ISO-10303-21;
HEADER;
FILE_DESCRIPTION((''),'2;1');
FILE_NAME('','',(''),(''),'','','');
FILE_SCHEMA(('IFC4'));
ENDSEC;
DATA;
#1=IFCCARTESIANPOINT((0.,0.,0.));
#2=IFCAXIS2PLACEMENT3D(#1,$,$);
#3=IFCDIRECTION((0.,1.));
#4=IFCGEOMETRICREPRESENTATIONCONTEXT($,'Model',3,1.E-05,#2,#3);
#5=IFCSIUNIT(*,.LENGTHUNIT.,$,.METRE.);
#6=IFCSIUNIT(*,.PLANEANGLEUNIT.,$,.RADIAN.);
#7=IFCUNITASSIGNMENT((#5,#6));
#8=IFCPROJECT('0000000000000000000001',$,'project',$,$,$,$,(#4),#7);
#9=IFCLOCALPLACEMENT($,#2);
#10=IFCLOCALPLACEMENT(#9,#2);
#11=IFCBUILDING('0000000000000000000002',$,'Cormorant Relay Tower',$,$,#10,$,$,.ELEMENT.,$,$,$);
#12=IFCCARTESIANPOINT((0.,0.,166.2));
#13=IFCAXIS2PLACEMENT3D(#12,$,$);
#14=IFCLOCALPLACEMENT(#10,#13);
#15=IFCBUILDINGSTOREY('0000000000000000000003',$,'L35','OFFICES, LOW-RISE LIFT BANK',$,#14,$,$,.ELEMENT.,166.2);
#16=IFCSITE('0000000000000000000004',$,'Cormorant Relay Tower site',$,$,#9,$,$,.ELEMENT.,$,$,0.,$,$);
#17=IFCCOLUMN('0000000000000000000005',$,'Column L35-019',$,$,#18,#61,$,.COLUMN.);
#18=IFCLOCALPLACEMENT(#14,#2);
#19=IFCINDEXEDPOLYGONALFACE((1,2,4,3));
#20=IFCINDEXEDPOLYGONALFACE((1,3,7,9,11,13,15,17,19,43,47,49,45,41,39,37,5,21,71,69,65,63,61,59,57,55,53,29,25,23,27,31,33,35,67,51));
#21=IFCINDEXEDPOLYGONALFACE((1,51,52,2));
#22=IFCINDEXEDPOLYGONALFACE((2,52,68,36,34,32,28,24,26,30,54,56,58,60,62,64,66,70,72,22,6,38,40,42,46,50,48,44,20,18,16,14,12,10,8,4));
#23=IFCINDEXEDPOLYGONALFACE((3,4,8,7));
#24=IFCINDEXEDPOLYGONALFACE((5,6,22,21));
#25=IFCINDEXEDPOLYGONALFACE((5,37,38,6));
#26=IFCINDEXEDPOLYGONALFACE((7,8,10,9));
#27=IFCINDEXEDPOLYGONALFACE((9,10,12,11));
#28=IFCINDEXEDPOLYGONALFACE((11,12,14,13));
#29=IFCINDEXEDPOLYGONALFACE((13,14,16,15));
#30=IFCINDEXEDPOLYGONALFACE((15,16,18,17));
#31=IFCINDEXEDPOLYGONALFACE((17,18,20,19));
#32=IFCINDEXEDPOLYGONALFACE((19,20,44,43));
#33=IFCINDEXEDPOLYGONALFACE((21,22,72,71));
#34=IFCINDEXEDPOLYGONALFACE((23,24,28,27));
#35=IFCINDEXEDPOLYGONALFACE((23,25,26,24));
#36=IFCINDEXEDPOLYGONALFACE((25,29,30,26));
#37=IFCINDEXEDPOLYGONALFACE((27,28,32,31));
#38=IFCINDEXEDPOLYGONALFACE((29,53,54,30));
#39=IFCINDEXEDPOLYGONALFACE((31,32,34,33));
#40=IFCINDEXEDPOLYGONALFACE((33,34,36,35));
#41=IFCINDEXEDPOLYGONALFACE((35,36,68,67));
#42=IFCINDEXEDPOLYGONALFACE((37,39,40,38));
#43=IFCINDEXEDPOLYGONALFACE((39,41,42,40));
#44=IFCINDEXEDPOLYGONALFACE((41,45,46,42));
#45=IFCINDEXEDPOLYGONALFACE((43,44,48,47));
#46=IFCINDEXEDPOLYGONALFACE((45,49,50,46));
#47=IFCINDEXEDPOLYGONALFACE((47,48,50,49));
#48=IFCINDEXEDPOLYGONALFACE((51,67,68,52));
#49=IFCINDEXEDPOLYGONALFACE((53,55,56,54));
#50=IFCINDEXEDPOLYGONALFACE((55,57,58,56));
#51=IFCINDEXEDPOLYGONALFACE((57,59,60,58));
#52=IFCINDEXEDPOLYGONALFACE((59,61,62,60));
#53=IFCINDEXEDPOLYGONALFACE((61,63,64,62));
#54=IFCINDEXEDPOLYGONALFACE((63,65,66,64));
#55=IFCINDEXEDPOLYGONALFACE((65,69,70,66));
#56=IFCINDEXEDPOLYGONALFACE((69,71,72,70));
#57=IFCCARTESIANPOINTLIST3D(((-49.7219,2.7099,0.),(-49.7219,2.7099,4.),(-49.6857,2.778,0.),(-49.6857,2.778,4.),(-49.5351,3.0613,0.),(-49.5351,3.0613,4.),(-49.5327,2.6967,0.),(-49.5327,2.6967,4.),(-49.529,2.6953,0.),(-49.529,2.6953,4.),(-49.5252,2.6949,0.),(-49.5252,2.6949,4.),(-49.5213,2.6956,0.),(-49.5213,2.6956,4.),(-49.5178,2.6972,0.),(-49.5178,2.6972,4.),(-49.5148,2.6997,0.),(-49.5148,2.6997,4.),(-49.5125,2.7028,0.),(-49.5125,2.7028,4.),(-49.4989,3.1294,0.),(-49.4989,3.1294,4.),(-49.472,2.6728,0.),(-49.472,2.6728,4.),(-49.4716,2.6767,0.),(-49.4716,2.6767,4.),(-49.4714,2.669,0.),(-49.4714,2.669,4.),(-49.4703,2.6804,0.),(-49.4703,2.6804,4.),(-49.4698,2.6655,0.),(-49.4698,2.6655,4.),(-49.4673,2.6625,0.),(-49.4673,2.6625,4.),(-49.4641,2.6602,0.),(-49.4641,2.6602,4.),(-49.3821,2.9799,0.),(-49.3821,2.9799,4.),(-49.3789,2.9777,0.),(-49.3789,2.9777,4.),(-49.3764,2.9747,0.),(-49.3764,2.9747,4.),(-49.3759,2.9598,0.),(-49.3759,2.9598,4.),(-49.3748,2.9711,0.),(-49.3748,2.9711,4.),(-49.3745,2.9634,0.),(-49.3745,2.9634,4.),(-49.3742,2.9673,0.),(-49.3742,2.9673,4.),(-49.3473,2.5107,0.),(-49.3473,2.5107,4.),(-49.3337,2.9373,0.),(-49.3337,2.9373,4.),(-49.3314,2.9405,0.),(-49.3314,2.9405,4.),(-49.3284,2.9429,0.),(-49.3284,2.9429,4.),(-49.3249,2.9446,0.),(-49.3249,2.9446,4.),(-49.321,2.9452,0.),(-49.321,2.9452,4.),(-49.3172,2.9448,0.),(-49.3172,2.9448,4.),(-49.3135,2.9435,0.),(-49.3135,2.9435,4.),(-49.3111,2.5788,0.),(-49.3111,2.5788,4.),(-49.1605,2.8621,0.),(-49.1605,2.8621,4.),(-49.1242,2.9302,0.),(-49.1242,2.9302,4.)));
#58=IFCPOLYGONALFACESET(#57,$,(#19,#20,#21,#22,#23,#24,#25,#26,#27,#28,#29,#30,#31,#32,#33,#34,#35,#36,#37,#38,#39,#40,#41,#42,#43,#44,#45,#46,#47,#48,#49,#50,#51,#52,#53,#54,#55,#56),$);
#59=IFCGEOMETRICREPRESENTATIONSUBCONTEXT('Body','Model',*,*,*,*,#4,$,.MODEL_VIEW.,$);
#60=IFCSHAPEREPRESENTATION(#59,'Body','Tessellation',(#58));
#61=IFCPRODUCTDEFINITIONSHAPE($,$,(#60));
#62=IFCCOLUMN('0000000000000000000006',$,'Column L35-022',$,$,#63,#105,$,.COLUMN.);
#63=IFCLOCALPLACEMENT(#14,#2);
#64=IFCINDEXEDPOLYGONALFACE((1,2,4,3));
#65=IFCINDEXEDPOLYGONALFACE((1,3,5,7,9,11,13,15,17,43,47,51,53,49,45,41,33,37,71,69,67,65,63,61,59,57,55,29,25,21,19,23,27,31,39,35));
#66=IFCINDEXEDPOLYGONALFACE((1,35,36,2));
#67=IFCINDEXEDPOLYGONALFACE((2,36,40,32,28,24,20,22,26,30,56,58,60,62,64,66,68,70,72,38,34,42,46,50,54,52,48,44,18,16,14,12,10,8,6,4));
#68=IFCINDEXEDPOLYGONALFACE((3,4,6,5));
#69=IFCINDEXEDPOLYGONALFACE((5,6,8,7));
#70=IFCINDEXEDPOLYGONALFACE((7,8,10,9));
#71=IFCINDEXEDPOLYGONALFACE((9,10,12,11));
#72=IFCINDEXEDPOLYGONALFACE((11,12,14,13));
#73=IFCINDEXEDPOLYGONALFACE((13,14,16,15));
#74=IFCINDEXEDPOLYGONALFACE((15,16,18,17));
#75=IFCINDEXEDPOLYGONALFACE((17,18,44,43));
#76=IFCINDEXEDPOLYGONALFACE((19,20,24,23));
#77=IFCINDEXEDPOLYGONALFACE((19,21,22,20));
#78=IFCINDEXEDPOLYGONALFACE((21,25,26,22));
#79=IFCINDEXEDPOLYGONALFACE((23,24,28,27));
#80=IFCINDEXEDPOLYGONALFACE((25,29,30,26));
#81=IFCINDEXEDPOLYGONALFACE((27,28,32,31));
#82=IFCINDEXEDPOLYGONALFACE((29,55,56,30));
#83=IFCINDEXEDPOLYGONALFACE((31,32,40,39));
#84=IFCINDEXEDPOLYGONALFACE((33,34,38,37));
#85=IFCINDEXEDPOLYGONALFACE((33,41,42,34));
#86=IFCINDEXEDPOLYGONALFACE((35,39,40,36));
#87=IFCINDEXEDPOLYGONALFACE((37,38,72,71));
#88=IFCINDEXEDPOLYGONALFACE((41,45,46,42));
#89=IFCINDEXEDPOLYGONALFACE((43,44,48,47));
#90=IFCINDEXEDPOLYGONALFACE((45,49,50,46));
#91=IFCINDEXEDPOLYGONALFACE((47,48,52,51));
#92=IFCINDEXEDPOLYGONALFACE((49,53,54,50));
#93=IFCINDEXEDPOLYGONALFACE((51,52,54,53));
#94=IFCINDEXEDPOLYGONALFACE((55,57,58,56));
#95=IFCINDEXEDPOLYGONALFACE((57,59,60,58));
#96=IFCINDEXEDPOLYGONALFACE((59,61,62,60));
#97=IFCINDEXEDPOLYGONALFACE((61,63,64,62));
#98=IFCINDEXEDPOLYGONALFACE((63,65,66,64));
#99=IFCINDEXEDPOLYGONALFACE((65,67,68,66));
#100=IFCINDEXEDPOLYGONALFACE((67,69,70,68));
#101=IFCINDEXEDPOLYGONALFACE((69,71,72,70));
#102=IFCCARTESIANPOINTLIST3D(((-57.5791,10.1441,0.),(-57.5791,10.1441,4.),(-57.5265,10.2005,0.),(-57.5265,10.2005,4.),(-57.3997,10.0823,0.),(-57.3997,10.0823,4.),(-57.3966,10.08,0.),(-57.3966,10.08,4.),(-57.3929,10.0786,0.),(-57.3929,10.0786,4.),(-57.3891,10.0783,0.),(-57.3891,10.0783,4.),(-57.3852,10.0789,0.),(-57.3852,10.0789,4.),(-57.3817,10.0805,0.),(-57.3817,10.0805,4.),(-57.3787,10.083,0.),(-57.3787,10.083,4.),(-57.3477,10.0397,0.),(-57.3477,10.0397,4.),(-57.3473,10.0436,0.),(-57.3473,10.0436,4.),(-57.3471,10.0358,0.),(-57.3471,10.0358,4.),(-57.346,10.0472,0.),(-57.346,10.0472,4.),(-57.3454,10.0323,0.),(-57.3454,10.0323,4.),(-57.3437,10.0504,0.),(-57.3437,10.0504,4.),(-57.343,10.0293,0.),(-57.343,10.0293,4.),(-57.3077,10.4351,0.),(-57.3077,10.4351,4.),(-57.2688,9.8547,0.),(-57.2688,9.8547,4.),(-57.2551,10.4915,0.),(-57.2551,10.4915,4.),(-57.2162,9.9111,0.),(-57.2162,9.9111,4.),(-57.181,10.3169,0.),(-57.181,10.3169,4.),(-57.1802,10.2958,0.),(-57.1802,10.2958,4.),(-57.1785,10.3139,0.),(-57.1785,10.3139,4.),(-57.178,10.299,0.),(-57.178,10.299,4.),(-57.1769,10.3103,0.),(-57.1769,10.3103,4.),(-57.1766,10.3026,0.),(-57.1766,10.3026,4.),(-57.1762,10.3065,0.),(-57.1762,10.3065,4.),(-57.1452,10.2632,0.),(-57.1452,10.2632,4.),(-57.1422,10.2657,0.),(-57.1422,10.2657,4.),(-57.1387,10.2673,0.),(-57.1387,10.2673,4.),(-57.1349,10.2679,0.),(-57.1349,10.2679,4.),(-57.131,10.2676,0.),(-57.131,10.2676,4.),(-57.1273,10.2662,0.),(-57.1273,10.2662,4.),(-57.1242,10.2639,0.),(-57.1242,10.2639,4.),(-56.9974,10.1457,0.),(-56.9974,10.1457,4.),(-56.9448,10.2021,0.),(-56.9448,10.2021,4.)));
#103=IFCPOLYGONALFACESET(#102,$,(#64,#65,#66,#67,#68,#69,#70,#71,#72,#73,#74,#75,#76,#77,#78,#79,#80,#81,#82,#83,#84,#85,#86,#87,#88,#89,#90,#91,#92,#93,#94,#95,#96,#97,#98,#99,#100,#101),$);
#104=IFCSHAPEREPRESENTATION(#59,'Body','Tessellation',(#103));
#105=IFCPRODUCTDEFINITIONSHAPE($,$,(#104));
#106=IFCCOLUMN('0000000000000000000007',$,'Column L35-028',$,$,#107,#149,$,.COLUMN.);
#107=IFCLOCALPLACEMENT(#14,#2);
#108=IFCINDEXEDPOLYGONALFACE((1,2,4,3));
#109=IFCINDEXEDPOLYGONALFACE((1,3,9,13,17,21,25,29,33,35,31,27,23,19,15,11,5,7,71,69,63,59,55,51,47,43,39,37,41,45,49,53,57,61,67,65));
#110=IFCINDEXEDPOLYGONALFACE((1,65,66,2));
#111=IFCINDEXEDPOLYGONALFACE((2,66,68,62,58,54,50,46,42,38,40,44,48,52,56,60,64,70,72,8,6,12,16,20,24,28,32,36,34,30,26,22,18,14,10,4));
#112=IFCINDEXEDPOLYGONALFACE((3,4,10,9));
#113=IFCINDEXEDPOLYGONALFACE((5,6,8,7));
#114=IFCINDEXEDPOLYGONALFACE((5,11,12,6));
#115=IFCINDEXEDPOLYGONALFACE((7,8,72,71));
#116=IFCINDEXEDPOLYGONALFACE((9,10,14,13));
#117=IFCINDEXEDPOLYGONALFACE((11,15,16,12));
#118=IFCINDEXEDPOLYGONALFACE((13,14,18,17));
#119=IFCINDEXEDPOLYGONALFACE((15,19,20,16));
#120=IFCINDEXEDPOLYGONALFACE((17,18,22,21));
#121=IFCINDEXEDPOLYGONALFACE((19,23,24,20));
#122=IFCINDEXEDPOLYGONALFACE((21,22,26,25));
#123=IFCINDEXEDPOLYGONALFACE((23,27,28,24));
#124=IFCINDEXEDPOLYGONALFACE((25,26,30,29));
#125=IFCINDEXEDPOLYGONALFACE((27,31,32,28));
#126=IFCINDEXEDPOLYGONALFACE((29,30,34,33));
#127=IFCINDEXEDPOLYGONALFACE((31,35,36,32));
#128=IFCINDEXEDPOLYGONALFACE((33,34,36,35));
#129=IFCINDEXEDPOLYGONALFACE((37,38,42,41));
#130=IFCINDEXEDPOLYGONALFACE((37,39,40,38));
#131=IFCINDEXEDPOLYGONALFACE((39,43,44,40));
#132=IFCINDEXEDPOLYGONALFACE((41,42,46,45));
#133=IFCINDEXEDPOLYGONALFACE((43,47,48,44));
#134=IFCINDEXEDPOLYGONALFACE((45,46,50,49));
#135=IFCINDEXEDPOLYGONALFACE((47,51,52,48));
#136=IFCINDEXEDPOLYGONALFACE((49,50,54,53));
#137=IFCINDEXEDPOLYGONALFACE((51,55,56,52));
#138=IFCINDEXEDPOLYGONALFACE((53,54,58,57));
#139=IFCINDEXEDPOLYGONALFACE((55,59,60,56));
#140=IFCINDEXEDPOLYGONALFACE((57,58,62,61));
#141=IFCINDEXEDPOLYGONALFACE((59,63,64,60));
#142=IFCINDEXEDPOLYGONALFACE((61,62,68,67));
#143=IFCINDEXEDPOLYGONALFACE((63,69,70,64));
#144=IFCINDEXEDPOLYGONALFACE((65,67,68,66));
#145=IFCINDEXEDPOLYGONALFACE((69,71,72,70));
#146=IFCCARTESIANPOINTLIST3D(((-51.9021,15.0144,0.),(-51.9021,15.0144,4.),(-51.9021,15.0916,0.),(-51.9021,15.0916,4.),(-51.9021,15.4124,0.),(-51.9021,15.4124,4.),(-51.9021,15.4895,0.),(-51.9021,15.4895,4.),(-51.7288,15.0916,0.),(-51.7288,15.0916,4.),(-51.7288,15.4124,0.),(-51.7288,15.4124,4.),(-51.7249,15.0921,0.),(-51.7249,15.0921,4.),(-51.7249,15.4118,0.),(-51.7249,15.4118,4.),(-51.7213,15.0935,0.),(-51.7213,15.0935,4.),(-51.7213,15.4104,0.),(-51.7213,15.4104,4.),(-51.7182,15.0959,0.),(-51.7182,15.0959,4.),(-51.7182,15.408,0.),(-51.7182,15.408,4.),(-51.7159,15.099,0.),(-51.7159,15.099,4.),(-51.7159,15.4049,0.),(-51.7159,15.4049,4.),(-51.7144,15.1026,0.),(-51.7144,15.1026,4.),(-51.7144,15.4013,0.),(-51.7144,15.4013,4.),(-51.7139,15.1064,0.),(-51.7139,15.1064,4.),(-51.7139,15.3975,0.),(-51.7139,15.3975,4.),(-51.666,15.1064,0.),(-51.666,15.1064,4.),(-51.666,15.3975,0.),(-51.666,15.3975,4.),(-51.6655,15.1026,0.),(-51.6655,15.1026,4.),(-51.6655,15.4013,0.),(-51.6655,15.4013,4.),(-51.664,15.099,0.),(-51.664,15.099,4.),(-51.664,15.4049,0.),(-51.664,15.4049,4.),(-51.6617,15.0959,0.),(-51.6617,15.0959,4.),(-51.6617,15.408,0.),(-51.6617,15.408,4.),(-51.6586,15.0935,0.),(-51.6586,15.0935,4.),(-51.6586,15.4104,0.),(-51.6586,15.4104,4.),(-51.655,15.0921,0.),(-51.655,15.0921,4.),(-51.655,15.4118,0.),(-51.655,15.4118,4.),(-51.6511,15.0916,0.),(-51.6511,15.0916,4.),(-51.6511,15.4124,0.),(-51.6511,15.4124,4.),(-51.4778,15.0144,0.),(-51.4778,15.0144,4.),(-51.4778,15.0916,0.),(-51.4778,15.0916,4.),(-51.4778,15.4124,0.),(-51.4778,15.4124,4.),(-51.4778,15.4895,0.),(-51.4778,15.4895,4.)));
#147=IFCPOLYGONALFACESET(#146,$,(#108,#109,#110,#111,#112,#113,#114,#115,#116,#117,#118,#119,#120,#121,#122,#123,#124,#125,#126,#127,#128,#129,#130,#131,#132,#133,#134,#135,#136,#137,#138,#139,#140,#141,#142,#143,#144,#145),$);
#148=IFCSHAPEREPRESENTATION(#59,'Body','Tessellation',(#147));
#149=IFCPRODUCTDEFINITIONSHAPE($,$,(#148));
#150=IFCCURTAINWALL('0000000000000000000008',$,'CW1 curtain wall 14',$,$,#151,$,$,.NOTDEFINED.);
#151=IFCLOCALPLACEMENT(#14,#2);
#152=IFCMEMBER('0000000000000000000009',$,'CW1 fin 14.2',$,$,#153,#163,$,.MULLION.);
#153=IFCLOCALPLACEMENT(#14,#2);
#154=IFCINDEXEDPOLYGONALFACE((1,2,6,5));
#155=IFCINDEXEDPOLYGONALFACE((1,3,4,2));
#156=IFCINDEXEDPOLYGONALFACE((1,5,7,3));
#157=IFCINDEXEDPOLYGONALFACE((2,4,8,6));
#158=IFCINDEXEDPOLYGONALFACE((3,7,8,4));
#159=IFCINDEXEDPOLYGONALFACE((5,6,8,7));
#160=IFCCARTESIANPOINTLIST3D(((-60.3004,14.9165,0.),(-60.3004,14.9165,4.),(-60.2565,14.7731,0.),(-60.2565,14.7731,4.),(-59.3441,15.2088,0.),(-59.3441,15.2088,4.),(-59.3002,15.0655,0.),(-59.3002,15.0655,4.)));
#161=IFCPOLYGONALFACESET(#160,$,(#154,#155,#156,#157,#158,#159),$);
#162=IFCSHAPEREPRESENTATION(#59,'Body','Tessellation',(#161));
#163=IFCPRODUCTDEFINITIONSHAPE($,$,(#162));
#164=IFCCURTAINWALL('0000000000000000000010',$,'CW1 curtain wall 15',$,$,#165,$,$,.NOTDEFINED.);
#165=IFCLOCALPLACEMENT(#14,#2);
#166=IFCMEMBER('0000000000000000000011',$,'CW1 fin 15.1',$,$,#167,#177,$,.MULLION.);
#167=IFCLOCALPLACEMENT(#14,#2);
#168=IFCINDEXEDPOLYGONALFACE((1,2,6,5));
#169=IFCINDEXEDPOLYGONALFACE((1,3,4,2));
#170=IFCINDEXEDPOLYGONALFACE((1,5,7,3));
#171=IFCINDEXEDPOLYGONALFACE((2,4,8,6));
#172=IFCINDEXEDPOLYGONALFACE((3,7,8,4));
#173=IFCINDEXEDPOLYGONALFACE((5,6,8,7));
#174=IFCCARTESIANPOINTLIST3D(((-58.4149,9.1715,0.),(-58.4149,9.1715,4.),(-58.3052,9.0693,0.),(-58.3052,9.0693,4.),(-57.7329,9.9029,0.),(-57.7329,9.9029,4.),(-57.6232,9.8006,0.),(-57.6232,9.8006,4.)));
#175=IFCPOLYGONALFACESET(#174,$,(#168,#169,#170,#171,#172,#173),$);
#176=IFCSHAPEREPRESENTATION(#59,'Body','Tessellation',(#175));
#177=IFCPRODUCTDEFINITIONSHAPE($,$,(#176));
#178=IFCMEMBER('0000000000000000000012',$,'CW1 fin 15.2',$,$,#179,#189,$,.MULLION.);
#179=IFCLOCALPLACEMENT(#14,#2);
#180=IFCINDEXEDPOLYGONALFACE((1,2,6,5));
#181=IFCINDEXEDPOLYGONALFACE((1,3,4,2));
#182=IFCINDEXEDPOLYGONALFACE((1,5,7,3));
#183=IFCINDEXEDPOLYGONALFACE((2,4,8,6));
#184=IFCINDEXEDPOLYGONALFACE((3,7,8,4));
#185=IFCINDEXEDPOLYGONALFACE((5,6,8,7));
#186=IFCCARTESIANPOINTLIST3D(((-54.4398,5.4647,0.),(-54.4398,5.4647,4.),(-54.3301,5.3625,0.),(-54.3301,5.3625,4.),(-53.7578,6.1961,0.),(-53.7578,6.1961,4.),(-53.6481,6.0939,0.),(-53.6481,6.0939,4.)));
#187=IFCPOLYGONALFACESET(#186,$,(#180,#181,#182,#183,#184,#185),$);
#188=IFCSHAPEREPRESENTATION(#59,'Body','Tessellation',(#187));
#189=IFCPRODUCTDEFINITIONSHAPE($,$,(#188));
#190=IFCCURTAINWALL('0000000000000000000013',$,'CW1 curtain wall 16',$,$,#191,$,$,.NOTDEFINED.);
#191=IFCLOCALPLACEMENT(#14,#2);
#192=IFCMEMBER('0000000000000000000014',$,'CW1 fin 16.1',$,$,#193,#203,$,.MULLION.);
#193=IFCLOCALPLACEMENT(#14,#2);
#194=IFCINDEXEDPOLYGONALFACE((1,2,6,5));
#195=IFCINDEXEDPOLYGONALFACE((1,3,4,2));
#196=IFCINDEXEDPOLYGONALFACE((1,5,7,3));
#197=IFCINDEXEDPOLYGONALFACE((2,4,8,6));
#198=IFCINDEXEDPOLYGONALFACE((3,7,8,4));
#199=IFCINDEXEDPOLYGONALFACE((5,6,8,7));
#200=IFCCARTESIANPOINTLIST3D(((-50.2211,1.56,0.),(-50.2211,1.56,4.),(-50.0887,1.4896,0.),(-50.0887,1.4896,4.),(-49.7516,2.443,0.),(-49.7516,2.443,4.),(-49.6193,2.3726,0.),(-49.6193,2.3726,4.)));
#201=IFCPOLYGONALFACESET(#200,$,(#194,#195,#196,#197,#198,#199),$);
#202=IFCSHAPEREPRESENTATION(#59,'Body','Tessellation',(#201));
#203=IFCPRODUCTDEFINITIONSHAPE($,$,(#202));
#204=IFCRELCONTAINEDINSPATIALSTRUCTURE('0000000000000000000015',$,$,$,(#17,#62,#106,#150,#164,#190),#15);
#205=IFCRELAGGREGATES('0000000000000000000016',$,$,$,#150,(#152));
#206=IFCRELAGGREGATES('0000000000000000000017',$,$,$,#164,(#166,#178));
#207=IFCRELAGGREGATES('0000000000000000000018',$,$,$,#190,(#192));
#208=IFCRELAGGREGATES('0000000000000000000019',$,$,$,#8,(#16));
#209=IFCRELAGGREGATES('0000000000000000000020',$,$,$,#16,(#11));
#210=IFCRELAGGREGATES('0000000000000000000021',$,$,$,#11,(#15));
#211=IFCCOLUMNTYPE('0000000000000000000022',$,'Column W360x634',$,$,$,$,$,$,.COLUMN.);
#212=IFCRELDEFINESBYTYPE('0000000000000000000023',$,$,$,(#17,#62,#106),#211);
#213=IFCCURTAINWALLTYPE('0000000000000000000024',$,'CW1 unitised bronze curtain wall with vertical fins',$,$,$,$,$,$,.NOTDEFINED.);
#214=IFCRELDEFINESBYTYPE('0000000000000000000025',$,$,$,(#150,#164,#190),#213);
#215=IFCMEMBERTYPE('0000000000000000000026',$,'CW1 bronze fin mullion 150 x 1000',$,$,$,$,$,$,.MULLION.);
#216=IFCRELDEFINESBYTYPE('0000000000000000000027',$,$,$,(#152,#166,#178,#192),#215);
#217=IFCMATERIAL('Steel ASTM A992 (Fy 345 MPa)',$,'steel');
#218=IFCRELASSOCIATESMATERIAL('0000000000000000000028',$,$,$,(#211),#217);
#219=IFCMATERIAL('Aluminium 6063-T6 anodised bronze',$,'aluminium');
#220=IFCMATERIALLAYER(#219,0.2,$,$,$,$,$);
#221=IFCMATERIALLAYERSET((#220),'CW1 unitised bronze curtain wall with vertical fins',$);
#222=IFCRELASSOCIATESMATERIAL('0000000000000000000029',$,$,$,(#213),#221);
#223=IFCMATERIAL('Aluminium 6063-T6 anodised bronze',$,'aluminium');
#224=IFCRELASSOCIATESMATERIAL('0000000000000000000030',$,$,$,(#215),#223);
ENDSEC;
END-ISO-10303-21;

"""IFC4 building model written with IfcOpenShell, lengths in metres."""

from ifc_helpers import new_model, si_unit, direction, frame, origin, origin_2d, place, context, subcontext, project, spatial, rectangle, i_section, extrude, material, layer, layer_set, material_profile, profile_set, type_object, element, aggregate, save


model = new_model("IFC4")

# Units and contexts
model_context = context("Model", 3, precision=1e-05, world=origin(), true_north=direction((0.0, 1.0)))
body_context = subcontext(model_context, "Body", "Model", "MODEL_VIEW")
ifc_project = project(units=[si_unit("LENGTHUNIT", "METRE"), si_unit("PLANEANGLEUNIT", "RADIAN")], contexts=[model_context])

# Site, building, storey
site_placement = place(None, origin())
site = spatial("IfcSite", under=ifc_project, at=site_placement, Name="Cormorant Relay Tower site", CompositionType="ELEMENT", RefElevation=0.0)
building_placement = place(site_placement, origin())
building = spatial("IfcBuilding", under=site, at=building_placement, Name="Cormorant Relay Tower", CompositionType="ELEMENT")
storey_placement = place(building_placement, frame((0.0, 0.0, 166.2)))
storey = spatial("IfcBuildingStorey", under=building, at=storey_placement, Name="L35", Description="OFFICES, LOW-RISE LIFT BANK", CompositionType="ELEMENT", Elevation=166.2)

# Columns
ifc_material_1 = material(Name="Steel ASTM A992 (Fy 345 MPa)", Category="steel")
ifc_material_profile_1 = material_profile(ifc_material_1, i_section(OverallWidth=0.4243, OverallDepth=0.4751, WebThickness=0.0479, FlangeThickness=0.0771, FilletRadius=0.0149, at=origin_2d()), Name="W360x634")
ifc_profile_set_1 = profile_set([ifc_material_profile_1], Name="Steel ASTM A992 (Fy 345 MPa)")
column_type = type_object("IfcColumnType", Name="Column W360x634", PredefinedType="COLUMN", material=ifc_profile_set_1)
for number, where, z_axis, x_axis, name in (
    (1, (-49.4231, 2.8201, 0.0), (0.0, 0.0, 1.0), (0.882948, -0.469472, 0.0), "Column L35-019"),
    (2, (-57.262, 10.1731, 0.0), (0.0, 0.0, 1.0), (0.731354, -0.681998, 0.0), "Column L35-022"),
    (3, (-51.6899, 15.252, 0.0), (0.0, 0.0, 1.0), (1.0, 0.0, 0.0), "Column L35-028"),
):
    element("IfcColumn", number, at=place(storey_placement, frame(where, z_axis=z_axis, x_axis=x_axis)), inside=storey, type_object=column_type, Name=name, PredefinedType="COLUMN", context=body_context, shape_type="SweptSolid", body=[
        extrude(i_section(OverallWidth=0.4243, OverallDepth=0.4751, WebThickness=0.0479, FlangeThickness=0.0771, FilletRadius=0.0149, at=origin_2d()), origin(), (0.0, 0.0, 1.0), 4.0),
    ])

# Curtain wall, member
ifc_material_2 = material(Name="Aluminium 6063-T6 anodised bronze", Category="aluminium")
ifc_layer_1 = layer(ifc_material_2, 0.2)
ifc_layer_set_1 = layer_set([ifc_layer_1], Name="CW1 unitised bronze curtain wall with vertical fins")
curtain_wall_type = type_object("IfcCurtainWallType", Name="CW1 unitised bronze curtain wall with vertical fins", PredefinedType="NOTDEFINED", material=ifc_layer_set_1)
curtain_wall_1_placement = place(storey_placement, origin())
curtain_wall_1 = element("IfcCurtainWall", 4, at=curtain_wall_1_placement, inside=storey, type_object=curtain_wall_type, Name="CW1 curtain wall 14", PredefinedType="NOTDEFINED")
ifc_material_3 = material(Name="Aluminium 6063-T6 anodised bronze", Category="aluminium")
ifc_material_profile_2 = material_profile(ifc_material_3, rectangle(XDim=0.1499, YDim=1.0, at=origin_2d()), Name="AL 150x1000")
ifc_profile_set_2 = profile_set([ifc_material_profile_2], Name="Aluminium 6063-T6 anodised bronze")
member_type_1 = type_object("IfcMemberType", Name="CW1 bronze fin mullion 150 x 1000", PredefinedType="MULLION", material=ifc_profile_set_2)
member_1_placement = place(storey_placement, frame((-59.8003, 14.991, 0.0), z_axis=(0.0, 0.0, 1.0), x_axis=(0.292372, -0.956305, 0.0)))
member_1 = element("IfcMember", 5, at=member_1_placement, type_object=member_type_1, Name="CW1 fin 14.2", PredefinedType="MULLION", context=body_context, shape_type="SweptSolid", body=[
    extrude(rectangle(XDim=0.1499, YDim=1.0, at=origin_2d()), origin(), (0.0, 0.0, 1.0), 4.0),
])

# Curtain wall, members
curtain_wall_2_placement = place(storey_placement, origin())
curtain_wall_2 = element("IfcCurtainWall", 6, at=curtain_wall_2_placement, inside=storey, type_object=curtain_wall_type, Name="CW1 curtain wall 15", PredefinedType="NOTDEFINED")
member_2_placement = place(storey_placement, frame((-58.019, 9.4861, 0.0), z_axis=(0.0, 0.0, 1.0), x_axis=(0.731354, -0.681998, 0.0)))
member_2 = element("IfcMember", 7, at=member_2_placement, type_object=member_type_1, Name="CW1 fin 15.1", PredefinedType="MULLION", context=body_context, shape_type="SweptSolid", body=[
    extrude(rectangle(XDim=0.1499, YDim=1.0, at=origin_2d()), origin(), (0.0, 0.0, 1.0), 4.0),
])
member_3_placement = place(storey_placement, frame((-54.0439, 5.7793, 0.0), z_axis=(0.0, 0.0, 1.0), x_axis=(0.731354, -0.681998, 0.0)))
member_3 = element("IfcMember", 8, at=member_3_placement, type_object=member_type_1, Name="CW1 fin 15.2", PredefinedType="MULLION", context=body_context, shape_type="SweptSolid", body=[
    extrude(rectangle(XDim=0.1499, YDim=1.0, at=origin_2d()), origin(), (0.0, 0.0, 1.0), 4.0),
])

# Curtain wall, member
curtain_wall_3_placement = place(storey_placement, origin())
curtain_wall_3 = element("IfcCurtainWall", 9, at=curtain_wall_3_placement, inside=storey, type_object=curtain_wall_type, Name="CW1 curtain wall 16", PredefinedType="NOTDEFINED")
member_4_placement = place(storey_placement, frame((-49.9202, 1.9663, 0.0), z_axis=(0.0, 0.0, 1.0), x_axis=(0.882948, -0.469472, 0.0)))
member_4 = element("IfcMember", 10, at=member_4_placement, type_object=member_type_1, Name="CW1 fin 16.1", PredefinedType="MULLION", context=body_context, shape_type="SweptSolid", body=[
    extrude(rectangle(XDim=0.1499, YDim=1.0, at=origin_2d()), origin(), (0.0, 0.0, 1.0), 4.0),
])

aggregate(curtain_wall_1, [member_1])

aggregate(curtain_wall_2, [member_2, member_3])
aggregate(curtain_wall_3, [member_4])

save(model, "model.ifc")
